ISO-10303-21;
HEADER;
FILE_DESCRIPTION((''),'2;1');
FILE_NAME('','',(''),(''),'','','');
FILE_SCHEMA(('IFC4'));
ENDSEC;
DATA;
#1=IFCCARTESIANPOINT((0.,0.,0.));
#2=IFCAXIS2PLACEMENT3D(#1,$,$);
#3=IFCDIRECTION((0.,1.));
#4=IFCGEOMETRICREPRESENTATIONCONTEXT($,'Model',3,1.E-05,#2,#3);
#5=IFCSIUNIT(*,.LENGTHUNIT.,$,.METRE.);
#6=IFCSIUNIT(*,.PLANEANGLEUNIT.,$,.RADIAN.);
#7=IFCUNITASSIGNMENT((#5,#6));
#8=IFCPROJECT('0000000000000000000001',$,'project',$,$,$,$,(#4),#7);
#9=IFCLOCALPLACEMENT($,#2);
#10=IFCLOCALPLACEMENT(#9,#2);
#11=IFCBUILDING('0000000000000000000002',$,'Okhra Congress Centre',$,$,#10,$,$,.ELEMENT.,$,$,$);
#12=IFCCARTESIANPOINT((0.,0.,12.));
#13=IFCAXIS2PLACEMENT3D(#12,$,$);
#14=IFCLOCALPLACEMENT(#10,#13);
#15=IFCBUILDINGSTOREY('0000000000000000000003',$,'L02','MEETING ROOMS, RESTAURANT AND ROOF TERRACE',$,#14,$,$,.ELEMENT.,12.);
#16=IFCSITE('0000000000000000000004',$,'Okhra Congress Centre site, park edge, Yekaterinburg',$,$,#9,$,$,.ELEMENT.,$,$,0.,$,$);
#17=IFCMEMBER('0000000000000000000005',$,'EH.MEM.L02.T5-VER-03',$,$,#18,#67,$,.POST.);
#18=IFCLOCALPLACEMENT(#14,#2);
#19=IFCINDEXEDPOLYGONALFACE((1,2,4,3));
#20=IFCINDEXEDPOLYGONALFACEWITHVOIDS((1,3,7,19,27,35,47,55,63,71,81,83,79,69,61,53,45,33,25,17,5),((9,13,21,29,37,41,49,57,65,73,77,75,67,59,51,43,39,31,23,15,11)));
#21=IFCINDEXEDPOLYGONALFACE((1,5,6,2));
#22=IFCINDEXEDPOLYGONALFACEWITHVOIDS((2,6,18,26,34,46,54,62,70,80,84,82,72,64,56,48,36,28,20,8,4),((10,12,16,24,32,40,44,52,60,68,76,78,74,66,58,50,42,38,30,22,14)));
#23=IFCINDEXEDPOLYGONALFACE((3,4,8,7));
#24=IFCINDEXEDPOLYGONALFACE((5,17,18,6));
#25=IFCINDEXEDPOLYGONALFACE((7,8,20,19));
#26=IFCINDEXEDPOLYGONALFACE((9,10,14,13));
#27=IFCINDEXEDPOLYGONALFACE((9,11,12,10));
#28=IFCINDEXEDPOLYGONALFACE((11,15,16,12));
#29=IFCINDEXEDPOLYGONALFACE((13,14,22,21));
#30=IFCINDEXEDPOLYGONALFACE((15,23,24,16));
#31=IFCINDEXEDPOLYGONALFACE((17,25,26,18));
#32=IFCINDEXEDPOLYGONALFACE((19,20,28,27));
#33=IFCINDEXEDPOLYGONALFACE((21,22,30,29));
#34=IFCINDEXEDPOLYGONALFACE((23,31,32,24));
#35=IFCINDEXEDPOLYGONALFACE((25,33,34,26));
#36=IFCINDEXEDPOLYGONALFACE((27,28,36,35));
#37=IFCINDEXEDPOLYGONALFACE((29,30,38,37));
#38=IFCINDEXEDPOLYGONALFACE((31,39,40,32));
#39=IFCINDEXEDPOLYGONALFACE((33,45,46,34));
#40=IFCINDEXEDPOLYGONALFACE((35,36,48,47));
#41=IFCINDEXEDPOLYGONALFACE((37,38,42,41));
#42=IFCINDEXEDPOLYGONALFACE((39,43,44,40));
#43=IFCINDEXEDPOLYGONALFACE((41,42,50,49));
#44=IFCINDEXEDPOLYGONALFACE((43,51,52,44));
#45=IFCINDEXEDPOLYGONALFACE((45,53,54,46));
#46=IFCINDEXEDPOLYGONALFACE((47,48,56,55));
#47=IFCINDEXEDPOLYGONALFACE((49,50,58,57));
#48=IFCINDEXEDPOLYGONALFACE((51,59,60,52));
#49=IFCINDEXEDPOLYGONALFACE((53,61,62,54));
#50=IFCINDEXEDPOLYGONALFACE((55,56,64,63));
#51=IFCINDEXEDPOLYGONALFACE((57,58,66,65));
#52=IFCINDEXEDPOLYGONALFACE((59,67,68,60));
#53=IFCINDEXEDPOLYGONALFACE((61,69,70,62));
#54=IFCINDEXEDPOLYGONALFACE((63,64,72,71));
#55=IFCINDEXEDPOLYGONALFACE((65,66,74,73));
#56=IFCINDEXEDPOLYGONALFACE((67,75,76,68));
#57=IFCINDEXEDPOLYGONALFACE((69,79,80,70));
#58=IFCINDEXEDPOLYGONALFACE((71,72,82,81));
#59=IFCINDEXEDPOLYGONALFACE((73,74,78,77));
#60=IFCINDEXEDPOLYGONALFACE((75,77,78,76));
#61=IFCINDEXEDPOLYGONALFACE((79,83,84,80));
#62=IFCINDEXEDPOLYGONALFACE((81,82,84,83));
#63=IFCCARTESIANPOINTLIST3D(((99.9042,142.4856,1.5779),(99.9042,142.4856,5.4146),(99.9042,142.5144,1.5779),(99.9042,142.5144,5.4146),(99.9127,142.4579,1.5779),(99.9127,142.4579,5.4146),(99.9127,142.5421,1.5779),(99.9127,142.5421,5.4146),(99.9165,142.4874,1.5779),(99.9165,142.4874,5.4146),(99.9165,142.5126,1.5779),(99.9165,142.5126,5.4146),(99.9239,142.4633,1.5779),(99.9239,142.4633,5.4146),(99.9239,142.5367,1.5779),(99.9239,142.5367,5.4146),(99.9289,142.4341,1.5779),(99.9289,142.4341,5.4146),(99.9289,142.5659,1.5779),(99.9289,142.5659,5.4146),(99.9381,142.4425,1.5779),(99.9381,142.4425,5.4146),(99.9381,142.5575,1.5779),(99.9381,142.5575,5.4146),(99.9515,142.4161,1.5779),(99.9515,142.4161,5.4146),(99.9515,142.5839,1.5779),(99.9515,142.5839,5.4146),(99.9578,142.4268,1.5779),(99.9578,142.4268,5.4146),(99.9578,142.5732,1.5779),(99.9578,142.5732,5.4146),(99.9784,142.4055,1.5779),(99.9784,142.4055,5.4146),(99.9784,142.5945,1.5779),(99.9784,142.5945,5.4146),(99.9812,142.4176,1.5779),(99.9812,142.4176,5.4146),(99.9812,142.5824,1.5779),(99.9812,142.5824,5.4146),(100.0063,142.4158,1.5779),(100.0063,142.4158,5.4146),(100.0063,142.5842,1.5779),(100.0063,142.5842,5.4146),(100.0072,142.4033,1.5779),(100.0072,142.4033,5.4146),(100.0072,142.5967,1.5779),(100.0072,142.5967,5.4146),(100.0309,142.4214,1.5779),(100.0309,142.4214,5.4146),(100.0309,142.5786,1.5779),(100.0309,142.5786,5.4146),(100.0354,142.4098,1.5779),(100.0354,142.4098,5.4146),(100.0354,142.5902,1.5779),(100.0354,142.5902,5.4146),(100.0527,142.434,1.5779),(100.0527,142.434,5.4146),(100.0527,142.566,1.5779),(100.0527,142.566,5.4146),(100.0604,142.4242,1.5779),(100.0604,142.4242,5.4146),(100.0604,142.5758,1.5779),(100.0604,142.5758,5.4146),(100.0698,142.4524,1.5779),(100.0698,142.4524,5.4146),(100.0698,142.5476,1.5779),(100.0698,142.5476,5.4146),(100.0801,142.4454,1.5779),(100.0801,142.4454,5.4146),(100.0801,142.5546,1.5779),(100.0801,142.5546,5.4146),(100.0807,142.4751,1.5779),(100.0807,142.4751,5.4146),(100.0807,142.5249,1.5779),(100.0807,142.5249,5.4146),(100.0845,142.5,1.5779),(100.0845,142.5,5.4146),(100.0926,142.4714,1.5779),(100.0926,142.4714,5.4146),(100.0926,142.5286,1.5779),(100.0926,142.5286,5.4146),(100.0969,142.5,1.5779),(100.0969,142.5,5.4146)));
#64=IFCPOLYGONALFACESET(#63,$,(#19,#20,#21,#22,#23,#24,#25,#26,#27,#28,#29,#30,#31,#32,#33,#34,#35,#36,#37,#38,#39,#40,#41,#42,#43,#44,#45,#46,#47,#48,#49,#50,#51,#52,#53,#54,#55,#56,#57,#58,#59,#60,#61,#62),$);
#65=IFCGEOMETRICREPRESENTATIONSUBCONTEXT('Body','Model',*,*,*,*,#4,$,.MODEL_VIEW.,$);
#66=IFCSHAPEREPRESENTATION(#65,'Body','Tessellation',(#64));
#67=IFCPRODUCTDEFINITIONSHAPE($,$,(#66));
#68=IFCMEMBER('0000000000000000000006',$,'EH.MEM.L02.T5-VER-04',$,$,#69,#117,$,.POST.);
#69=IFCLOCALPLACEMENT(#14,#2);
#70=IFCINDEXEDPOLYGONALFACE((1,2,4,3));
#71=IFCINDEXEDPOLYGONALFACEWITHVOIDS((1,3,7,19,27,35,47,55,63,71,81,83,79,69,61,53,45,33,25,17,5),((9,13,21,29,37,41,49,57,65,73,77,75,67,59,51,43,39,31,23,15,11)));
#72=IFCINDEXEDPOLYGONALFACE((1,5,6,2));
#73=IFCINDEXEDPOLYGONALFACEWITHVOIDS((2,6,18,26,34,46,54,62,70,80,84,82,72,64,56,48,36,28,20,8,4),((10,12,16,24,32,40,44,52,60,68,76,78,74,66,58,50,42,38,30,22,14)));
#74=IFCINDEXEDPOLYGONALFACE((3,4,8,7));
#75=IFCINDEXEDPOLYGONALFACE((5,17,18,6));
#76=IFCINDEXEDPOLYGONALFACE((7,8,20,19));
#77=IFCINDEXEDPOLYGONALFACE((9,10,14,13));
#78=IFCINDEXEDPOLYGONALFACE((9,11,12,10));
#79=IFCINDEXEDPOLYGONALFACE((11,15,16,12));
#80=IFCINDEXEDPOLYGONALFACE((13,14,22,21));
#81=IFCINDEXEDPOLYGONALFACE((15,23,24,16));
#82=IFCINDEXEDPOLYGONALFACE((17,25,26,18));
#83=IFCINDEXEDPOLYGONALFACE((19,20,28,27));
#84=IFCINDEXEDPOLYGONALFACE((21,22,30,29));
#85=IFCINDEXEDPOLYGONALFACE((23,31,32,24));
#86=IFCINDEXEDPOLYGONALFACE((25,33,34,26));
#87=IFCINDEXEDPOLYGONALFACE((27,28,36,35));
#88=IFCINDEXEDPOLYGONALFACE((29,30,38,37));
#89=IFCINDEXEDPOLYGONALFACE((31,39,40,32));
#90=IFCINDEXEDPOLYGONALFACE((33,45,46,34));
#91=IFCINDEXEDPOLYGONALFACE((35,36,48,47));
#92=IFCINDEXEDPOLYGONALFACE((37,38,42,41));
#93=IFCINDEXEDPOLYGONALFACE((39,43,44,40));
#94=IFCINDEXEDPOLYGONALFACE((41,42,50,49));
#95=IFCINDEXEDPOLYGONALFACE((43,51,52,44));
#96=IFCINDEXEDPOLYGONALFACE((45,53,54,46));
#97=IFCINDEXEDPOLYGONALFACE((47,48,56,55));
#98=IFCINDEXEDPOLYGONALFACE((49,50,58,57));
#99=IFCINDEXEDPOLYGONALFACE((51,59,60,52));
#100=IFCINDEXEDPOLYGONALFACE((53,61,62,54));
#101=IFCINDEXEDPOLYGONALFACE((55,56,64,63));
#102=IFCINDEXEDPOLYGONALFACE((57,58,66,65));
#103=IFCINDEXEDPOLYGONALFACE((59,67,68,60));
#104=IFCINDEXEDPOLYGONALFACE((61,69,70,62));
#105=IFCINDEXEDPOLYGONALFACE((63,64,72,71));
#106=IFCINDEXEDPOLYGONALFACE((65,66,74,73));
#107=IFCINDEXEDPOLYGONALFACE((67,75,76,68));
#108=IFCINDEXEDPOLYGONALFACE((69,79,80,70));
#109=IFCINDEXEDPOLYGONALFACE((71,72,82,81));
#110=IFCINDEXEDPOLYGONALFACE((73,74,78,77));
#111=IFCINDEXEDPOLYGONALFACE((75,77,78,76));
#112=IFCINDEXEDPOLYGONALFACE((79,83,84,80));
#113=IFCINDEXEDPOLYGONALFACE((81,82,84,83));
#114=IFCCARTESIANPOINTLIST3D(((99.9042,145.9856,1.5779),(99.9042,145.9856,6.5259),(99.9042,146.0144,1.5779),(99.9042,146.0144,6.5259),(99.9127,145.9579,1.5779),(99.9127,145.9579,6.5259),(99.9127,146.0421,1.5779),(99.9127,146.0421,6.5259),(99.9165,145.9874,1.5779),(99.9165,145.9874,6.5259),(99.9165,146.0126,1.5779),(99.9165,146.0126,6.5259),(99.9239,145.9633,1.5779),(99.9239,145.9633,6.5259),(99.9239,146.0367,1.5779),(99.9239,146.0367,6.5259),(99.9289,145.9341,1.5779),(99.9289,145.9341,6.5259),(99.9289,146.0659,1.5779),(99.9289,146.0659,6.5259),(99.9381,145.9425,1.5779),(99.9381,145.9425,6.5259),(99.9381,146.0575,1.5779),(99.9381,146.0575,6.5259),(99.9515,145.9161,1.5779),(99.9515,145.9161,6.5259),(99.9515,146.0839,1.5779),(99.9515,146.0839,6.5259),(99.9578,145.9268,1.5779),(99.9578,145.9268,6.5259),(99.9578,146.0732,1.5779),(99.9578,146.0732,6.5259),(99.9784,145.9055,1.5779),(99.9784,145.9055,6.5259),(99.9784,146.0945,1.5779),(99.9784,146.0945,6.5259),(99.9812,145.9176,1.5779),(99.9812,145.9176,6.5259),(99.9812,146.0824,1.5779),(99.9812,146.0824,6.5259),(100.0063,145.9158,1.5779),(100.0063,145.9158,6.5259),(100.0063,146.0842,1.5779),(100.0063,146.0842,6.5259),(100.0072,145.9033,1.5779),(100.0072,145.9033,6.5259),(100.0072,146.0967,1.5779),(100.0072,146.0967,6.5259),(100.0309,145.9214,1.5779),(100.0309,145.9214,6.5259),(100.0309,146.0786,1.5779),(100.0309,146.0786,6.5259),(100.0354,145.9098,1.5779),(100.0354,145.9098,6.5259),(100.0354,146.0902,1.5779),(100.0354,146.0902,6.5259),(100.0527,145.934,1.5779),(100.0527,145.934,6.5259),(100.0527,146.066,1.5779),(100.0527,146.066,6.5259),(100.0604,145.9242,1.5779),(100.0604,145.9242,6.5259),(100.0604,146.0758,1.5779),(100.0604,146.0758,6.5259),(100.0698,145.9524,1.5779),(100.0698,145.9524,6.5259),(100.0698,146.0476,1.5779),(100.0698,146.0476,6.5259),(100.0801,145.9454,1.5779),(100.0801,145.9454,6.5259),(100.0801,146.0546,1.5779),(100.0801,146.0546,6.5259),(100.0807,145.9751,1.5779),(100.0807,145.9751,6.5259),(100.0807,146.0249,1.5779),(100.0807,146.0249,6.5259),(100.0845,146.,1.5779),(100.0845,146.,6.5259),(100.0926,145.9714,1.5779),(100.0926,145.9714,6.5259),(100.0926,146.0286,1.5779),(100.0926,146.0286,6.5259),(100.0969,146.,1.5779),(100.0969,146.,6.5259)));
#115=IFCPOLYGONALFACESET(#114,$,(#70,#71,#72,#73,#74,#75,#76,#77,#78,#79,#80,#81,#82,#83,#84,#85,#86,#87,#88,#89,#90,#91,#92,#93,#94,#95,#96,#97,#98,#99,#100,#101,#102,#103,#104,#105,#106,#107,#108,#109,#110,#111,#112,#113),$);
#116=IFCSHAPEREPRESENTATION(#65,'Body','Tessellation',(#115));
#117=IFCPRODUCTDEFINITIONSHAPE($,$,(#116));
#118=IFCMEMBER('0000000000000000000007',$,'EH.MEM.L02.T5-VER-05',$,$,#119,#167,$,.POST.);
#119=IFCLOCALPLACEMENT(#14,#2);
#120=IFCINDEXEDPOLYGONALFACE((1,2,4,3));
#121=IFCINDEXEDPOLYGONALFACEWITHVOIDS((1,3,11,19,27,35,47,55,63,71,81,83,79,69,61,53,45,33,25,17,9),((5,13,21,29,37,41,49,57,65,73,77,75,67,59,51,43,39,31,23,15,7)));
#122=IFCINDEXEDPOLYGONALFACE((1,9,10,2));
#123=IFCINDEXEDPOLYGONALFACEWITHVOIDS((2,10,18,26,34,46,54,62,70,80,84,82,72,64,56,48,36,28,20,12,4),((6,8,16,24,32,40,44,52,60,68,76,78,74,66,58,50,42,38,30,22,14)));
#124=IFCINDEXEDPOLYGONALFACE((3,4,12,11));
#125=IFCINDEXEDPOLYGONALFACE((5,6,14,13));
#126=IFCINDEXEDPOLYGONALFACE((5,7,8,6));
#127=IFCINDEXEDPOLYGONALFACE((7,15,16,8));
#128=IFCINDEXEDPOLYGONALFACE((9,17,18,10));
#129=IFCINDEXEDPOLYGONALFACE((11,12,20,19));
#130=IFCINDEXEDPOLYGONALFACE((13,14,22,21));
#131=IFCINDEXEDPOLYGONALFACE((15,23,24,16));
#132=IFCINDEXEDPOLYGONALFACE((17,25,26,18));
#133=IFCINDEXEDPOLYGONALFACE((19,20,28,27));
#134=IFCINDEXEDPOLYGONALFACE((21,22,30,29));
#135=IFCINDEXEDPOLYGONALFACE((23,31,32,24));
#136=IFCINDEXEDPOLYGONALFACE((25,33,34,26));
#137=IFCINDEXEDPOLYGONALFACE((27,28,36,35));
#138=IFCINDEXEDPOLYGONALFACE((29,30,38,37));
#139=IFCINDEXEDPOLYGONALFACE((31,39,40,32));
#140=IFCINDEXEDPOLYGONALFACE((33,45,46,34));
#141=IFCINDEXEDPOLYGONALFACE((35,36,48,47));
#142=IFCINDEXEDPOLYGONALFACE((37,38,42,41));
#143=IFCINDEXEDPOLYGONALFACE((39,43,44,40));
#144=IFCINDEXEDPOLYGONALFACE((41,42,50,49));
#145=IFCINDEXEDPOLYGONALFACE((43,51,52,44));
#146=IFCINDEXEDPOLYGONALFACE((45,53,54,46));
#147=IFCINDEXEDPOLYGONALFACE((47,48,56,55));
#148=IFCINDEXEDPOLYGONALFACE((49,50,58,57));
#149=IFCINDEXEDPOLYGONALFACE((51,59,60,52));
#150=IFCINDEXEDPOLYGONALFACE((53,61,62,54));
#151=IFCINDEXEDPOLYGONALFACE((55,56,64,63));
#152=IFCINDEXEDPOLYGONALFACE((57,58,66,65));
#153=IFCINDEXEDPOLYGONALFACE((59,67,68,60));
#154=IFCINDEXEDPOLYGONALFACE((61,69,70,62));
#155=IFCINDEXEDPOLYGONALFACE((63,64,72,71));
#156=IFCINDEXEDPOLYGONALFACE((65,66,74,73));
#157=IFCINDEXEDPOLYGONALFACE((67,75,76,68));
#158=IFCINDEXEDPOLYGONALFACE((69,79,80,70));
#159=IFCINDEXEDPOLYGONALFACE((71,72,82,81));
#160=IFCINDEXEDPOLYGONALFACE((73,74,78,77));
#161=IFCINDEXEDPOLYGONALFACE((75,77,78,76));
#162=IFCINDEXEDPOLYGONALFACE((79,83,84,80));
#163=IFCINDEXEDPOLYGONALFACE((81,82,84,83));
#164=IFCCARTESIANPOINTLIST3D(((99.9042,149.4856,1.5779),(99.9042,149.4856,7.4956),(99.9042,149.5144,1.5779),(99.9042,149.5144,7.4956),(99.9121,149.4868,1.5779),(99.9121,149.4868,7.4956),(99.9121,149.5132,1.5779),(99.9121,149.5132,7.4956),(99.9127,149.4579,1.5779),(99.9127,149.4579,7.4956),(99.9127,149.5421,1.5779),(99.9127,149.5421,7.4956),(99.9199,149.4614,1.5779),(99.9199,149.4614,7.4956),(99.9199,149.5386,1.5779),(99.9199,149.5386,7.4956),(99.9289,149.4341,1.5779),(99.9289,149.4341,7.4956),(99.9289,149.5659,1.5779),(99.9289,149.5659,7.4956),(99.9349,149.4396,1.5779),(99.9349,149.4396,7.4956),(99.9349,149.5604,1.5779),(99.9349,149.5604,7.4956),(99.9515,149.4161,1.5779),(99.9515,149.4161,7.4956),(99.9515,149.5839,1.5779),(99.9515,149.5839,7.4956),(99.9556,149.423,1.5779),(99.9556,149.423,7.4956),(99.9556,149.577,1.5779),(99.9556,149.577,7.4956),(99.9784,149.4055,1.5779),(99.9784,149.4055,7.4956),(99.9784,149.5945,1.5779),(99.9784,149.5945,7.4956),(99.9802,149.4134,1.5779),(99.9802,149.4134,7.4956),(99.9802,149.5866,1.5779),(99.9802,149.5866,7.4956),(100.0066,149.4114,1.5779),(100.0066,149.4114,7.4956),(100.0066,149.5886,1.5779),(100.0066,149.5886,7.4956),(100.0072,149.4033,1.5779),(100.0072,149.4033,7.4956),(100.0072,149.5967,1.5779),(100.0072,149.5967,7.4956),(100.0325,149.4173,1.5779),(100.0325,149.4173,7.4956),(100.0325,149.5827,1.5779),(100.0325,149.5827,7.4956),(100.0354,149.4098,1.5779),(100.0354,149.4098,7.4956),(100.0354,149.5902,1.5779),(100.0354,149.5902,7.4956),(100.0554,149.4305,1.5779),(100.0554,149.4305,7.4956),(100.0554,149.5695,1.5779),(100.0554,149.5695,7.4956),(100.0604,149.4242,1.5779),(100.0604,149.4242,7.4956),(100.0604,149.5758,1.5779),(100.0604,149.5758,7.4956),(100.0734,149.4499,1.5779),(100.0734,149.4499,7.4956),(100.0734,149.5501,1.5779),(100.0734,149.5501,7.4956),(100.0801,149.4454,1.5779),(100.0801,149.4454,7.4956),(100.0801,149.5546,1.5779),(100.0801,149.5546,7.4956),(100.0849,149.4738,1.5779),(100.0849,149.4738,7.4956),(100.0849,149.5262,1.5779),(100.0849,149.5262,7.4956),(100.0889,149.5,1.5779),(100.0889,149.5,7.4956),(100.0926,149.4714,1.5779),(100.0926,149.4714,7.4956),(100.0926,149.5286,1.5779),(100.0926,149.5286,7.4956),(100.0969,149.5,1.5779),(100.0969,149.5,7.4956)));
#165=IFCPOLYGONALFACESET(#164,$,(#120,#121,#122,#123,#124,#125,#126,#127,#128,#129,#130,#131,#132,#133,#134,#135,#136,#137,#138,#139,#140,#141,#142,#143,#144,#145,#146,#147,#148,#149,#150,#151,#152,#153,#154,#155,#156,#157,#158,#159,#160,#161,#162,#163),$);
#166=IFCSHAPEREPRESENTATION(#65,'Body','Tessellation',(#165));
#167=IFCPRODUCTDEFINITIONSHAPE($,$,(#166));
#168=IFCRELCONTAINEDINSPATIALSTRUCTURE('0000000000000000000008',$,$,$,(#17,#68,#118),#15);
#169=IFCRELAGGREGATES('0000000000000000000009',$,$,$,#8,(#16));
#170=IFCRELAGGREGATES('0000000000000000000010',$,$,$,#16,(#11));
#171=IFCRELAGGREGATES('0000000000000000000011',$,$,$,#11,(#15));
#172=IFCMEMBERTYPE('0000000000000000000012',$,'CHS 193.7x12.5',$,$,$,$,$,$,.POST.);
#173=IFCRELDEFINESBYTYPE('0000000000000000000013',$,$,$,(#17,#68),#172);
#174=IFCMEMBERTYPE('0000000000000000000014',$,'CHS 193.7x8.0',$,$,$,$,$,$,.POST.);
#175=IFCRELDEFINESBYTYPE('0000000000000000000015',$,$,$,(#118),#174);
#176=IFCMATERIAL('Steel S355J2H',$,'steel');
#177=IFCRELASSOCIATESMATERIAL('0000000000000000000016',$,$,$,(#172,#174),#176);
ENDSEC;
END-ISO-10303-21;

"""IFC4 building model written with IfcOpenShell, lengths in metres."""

from ifc_helpers import new_model, si_unit, direction, frame, origin, origin_2d, place, context, subcontext, project, spatial, hollow_circle, extrude, material, material_profile, profile_set, type_object, element, save


model = new_model("IFC4")

# Units and contexts
model_context = context("Model", 3, precision=1e-05, world=origin(), true_north=direction((0.0, 1.0)))
body_context = subcontext(model_context, "Body", "Model", "MODEL_VIEW")
ifc_project = project(units=[si_unit("LENGTHUNIT", "METRE"), si_unit("PLANEANGLEUNIT", "RADIAN")], contexts=[model_context])

# Site, building, storey
site_placement = place(None, origin())
site = spatial("IfcSite", under=ifc_project, at=site_placement, Name="Okhra Congress Centre site, park edge, Yekaterinburg", CompositionType="ELEMENT", RefElevation=0.0)
building_placement = place(site_placement, origin())
building = spatial("IfcBuilding", under=site, at=building_placement, Name="Okhra Congress Centre", CompositionType="ELEMENT")
storey_placement = place(building_placement, frame((0.0, 0.0, 12.0)))
storey = spatial("IfcBuildingStorey", under=building, at=storey_placement, Name="L02", Description="MEETING ROOMS, RESTAURANT AND ROOF TERRACE", CompositionType="ELEMENT", Elevation=12.0)

# Members
ifc_material_1 = material(Name="Steel S355J2H", Category="steel")
ifc_material_profile_1 = material_profile(ifc_material_1, hollow_circle(Radius=0.0969, WallThickness=0.0125, at=origin_2d()), Name="CHS 193.7x12.5")
ifc_profile_set_1 = profile_set([ifc_material_profile_1], Name="Steel S355J2H")
member_type_1 = type_object("IfcMemberType", Name="CHS 193.7x12.5", PredefinedType="POST", material=ifc_profile_set_1)
member_1_placement = place(storey_placement, frame((100.0, 142.5, 1.5779), z_axis=(0.0, 0.0, 1.0), x_axis=(1.0, 0.0, 0.0)))
element("IfcMember", 1, at=member_1_placement, inside=storey, type_object=member_type_1, Name="EH.MEM.L02.T5-VER-03", PredefinedType="POST", context=body_context, shape_type="SweptSolid", body=[
    extrude(hollow_circle(Radius=0.0969, WallThickness=0.0125, at=origin_2d()), origin(), (0.0, 0.0, 1.0), 3.8367),
])
member_2_placement = place(storey_placement, frame((100.0, 146.0, 1.5779), z_axis=(0.0, 0.0, 1.0), x_axis=(1.0, 0.0, 0.0)))
element("IfcMember", 2, at=member_2_placement, inside=storey, type_object=member_type_1, Name="EH.MEM.L02.T5-VER-04", PredefinedType="POST", context=body_context, shape_type="SweptSolid", body=[
    extrude(hollow_circle(Radius=0.0969, WallThickness=0.0125, at=origin_2d()), origin(), (0.0, 0.0, 1.0), 4.948),
])
ifc_material_profile_2 = material_profile(ifc_material_1, hollow_circle(Radius=0.0969, WallThickness=0.0081, at=origin_2d()), Name="CHS 193.7x8.0")
ifc_profile_set_2 = profile_set([ifc_material_profile_2], Name="Steel S355J2H")
member_type_2 = type_object("IfcMemberType", Name="CHS 193.7x8.0", PredefinedType="POST", material=ifc_profile_set_2)
member_3_placement = place(storey_placement, frame((100.0, 149.5, 1.5779), z_axis=(0.0, 0.0, 1.0), x_axis=(1.0, 0.0, 0.0)))
element("IfcMember", 3, at=member_3_placement, inside=storey, type_object=member_type_2, Name="EH.MEM.L02.T5-VER-05", PredefinedType="POST", context=body_context, shape_type="SweptSolid", body=[
    extrude(hollow_circle(Radius=0.0969, WallThickness=0.0081, at=origin_2d()), origin(), (0.0, 0.0, 1.0), 5.9177),
])

save(model, "model.ifc")
